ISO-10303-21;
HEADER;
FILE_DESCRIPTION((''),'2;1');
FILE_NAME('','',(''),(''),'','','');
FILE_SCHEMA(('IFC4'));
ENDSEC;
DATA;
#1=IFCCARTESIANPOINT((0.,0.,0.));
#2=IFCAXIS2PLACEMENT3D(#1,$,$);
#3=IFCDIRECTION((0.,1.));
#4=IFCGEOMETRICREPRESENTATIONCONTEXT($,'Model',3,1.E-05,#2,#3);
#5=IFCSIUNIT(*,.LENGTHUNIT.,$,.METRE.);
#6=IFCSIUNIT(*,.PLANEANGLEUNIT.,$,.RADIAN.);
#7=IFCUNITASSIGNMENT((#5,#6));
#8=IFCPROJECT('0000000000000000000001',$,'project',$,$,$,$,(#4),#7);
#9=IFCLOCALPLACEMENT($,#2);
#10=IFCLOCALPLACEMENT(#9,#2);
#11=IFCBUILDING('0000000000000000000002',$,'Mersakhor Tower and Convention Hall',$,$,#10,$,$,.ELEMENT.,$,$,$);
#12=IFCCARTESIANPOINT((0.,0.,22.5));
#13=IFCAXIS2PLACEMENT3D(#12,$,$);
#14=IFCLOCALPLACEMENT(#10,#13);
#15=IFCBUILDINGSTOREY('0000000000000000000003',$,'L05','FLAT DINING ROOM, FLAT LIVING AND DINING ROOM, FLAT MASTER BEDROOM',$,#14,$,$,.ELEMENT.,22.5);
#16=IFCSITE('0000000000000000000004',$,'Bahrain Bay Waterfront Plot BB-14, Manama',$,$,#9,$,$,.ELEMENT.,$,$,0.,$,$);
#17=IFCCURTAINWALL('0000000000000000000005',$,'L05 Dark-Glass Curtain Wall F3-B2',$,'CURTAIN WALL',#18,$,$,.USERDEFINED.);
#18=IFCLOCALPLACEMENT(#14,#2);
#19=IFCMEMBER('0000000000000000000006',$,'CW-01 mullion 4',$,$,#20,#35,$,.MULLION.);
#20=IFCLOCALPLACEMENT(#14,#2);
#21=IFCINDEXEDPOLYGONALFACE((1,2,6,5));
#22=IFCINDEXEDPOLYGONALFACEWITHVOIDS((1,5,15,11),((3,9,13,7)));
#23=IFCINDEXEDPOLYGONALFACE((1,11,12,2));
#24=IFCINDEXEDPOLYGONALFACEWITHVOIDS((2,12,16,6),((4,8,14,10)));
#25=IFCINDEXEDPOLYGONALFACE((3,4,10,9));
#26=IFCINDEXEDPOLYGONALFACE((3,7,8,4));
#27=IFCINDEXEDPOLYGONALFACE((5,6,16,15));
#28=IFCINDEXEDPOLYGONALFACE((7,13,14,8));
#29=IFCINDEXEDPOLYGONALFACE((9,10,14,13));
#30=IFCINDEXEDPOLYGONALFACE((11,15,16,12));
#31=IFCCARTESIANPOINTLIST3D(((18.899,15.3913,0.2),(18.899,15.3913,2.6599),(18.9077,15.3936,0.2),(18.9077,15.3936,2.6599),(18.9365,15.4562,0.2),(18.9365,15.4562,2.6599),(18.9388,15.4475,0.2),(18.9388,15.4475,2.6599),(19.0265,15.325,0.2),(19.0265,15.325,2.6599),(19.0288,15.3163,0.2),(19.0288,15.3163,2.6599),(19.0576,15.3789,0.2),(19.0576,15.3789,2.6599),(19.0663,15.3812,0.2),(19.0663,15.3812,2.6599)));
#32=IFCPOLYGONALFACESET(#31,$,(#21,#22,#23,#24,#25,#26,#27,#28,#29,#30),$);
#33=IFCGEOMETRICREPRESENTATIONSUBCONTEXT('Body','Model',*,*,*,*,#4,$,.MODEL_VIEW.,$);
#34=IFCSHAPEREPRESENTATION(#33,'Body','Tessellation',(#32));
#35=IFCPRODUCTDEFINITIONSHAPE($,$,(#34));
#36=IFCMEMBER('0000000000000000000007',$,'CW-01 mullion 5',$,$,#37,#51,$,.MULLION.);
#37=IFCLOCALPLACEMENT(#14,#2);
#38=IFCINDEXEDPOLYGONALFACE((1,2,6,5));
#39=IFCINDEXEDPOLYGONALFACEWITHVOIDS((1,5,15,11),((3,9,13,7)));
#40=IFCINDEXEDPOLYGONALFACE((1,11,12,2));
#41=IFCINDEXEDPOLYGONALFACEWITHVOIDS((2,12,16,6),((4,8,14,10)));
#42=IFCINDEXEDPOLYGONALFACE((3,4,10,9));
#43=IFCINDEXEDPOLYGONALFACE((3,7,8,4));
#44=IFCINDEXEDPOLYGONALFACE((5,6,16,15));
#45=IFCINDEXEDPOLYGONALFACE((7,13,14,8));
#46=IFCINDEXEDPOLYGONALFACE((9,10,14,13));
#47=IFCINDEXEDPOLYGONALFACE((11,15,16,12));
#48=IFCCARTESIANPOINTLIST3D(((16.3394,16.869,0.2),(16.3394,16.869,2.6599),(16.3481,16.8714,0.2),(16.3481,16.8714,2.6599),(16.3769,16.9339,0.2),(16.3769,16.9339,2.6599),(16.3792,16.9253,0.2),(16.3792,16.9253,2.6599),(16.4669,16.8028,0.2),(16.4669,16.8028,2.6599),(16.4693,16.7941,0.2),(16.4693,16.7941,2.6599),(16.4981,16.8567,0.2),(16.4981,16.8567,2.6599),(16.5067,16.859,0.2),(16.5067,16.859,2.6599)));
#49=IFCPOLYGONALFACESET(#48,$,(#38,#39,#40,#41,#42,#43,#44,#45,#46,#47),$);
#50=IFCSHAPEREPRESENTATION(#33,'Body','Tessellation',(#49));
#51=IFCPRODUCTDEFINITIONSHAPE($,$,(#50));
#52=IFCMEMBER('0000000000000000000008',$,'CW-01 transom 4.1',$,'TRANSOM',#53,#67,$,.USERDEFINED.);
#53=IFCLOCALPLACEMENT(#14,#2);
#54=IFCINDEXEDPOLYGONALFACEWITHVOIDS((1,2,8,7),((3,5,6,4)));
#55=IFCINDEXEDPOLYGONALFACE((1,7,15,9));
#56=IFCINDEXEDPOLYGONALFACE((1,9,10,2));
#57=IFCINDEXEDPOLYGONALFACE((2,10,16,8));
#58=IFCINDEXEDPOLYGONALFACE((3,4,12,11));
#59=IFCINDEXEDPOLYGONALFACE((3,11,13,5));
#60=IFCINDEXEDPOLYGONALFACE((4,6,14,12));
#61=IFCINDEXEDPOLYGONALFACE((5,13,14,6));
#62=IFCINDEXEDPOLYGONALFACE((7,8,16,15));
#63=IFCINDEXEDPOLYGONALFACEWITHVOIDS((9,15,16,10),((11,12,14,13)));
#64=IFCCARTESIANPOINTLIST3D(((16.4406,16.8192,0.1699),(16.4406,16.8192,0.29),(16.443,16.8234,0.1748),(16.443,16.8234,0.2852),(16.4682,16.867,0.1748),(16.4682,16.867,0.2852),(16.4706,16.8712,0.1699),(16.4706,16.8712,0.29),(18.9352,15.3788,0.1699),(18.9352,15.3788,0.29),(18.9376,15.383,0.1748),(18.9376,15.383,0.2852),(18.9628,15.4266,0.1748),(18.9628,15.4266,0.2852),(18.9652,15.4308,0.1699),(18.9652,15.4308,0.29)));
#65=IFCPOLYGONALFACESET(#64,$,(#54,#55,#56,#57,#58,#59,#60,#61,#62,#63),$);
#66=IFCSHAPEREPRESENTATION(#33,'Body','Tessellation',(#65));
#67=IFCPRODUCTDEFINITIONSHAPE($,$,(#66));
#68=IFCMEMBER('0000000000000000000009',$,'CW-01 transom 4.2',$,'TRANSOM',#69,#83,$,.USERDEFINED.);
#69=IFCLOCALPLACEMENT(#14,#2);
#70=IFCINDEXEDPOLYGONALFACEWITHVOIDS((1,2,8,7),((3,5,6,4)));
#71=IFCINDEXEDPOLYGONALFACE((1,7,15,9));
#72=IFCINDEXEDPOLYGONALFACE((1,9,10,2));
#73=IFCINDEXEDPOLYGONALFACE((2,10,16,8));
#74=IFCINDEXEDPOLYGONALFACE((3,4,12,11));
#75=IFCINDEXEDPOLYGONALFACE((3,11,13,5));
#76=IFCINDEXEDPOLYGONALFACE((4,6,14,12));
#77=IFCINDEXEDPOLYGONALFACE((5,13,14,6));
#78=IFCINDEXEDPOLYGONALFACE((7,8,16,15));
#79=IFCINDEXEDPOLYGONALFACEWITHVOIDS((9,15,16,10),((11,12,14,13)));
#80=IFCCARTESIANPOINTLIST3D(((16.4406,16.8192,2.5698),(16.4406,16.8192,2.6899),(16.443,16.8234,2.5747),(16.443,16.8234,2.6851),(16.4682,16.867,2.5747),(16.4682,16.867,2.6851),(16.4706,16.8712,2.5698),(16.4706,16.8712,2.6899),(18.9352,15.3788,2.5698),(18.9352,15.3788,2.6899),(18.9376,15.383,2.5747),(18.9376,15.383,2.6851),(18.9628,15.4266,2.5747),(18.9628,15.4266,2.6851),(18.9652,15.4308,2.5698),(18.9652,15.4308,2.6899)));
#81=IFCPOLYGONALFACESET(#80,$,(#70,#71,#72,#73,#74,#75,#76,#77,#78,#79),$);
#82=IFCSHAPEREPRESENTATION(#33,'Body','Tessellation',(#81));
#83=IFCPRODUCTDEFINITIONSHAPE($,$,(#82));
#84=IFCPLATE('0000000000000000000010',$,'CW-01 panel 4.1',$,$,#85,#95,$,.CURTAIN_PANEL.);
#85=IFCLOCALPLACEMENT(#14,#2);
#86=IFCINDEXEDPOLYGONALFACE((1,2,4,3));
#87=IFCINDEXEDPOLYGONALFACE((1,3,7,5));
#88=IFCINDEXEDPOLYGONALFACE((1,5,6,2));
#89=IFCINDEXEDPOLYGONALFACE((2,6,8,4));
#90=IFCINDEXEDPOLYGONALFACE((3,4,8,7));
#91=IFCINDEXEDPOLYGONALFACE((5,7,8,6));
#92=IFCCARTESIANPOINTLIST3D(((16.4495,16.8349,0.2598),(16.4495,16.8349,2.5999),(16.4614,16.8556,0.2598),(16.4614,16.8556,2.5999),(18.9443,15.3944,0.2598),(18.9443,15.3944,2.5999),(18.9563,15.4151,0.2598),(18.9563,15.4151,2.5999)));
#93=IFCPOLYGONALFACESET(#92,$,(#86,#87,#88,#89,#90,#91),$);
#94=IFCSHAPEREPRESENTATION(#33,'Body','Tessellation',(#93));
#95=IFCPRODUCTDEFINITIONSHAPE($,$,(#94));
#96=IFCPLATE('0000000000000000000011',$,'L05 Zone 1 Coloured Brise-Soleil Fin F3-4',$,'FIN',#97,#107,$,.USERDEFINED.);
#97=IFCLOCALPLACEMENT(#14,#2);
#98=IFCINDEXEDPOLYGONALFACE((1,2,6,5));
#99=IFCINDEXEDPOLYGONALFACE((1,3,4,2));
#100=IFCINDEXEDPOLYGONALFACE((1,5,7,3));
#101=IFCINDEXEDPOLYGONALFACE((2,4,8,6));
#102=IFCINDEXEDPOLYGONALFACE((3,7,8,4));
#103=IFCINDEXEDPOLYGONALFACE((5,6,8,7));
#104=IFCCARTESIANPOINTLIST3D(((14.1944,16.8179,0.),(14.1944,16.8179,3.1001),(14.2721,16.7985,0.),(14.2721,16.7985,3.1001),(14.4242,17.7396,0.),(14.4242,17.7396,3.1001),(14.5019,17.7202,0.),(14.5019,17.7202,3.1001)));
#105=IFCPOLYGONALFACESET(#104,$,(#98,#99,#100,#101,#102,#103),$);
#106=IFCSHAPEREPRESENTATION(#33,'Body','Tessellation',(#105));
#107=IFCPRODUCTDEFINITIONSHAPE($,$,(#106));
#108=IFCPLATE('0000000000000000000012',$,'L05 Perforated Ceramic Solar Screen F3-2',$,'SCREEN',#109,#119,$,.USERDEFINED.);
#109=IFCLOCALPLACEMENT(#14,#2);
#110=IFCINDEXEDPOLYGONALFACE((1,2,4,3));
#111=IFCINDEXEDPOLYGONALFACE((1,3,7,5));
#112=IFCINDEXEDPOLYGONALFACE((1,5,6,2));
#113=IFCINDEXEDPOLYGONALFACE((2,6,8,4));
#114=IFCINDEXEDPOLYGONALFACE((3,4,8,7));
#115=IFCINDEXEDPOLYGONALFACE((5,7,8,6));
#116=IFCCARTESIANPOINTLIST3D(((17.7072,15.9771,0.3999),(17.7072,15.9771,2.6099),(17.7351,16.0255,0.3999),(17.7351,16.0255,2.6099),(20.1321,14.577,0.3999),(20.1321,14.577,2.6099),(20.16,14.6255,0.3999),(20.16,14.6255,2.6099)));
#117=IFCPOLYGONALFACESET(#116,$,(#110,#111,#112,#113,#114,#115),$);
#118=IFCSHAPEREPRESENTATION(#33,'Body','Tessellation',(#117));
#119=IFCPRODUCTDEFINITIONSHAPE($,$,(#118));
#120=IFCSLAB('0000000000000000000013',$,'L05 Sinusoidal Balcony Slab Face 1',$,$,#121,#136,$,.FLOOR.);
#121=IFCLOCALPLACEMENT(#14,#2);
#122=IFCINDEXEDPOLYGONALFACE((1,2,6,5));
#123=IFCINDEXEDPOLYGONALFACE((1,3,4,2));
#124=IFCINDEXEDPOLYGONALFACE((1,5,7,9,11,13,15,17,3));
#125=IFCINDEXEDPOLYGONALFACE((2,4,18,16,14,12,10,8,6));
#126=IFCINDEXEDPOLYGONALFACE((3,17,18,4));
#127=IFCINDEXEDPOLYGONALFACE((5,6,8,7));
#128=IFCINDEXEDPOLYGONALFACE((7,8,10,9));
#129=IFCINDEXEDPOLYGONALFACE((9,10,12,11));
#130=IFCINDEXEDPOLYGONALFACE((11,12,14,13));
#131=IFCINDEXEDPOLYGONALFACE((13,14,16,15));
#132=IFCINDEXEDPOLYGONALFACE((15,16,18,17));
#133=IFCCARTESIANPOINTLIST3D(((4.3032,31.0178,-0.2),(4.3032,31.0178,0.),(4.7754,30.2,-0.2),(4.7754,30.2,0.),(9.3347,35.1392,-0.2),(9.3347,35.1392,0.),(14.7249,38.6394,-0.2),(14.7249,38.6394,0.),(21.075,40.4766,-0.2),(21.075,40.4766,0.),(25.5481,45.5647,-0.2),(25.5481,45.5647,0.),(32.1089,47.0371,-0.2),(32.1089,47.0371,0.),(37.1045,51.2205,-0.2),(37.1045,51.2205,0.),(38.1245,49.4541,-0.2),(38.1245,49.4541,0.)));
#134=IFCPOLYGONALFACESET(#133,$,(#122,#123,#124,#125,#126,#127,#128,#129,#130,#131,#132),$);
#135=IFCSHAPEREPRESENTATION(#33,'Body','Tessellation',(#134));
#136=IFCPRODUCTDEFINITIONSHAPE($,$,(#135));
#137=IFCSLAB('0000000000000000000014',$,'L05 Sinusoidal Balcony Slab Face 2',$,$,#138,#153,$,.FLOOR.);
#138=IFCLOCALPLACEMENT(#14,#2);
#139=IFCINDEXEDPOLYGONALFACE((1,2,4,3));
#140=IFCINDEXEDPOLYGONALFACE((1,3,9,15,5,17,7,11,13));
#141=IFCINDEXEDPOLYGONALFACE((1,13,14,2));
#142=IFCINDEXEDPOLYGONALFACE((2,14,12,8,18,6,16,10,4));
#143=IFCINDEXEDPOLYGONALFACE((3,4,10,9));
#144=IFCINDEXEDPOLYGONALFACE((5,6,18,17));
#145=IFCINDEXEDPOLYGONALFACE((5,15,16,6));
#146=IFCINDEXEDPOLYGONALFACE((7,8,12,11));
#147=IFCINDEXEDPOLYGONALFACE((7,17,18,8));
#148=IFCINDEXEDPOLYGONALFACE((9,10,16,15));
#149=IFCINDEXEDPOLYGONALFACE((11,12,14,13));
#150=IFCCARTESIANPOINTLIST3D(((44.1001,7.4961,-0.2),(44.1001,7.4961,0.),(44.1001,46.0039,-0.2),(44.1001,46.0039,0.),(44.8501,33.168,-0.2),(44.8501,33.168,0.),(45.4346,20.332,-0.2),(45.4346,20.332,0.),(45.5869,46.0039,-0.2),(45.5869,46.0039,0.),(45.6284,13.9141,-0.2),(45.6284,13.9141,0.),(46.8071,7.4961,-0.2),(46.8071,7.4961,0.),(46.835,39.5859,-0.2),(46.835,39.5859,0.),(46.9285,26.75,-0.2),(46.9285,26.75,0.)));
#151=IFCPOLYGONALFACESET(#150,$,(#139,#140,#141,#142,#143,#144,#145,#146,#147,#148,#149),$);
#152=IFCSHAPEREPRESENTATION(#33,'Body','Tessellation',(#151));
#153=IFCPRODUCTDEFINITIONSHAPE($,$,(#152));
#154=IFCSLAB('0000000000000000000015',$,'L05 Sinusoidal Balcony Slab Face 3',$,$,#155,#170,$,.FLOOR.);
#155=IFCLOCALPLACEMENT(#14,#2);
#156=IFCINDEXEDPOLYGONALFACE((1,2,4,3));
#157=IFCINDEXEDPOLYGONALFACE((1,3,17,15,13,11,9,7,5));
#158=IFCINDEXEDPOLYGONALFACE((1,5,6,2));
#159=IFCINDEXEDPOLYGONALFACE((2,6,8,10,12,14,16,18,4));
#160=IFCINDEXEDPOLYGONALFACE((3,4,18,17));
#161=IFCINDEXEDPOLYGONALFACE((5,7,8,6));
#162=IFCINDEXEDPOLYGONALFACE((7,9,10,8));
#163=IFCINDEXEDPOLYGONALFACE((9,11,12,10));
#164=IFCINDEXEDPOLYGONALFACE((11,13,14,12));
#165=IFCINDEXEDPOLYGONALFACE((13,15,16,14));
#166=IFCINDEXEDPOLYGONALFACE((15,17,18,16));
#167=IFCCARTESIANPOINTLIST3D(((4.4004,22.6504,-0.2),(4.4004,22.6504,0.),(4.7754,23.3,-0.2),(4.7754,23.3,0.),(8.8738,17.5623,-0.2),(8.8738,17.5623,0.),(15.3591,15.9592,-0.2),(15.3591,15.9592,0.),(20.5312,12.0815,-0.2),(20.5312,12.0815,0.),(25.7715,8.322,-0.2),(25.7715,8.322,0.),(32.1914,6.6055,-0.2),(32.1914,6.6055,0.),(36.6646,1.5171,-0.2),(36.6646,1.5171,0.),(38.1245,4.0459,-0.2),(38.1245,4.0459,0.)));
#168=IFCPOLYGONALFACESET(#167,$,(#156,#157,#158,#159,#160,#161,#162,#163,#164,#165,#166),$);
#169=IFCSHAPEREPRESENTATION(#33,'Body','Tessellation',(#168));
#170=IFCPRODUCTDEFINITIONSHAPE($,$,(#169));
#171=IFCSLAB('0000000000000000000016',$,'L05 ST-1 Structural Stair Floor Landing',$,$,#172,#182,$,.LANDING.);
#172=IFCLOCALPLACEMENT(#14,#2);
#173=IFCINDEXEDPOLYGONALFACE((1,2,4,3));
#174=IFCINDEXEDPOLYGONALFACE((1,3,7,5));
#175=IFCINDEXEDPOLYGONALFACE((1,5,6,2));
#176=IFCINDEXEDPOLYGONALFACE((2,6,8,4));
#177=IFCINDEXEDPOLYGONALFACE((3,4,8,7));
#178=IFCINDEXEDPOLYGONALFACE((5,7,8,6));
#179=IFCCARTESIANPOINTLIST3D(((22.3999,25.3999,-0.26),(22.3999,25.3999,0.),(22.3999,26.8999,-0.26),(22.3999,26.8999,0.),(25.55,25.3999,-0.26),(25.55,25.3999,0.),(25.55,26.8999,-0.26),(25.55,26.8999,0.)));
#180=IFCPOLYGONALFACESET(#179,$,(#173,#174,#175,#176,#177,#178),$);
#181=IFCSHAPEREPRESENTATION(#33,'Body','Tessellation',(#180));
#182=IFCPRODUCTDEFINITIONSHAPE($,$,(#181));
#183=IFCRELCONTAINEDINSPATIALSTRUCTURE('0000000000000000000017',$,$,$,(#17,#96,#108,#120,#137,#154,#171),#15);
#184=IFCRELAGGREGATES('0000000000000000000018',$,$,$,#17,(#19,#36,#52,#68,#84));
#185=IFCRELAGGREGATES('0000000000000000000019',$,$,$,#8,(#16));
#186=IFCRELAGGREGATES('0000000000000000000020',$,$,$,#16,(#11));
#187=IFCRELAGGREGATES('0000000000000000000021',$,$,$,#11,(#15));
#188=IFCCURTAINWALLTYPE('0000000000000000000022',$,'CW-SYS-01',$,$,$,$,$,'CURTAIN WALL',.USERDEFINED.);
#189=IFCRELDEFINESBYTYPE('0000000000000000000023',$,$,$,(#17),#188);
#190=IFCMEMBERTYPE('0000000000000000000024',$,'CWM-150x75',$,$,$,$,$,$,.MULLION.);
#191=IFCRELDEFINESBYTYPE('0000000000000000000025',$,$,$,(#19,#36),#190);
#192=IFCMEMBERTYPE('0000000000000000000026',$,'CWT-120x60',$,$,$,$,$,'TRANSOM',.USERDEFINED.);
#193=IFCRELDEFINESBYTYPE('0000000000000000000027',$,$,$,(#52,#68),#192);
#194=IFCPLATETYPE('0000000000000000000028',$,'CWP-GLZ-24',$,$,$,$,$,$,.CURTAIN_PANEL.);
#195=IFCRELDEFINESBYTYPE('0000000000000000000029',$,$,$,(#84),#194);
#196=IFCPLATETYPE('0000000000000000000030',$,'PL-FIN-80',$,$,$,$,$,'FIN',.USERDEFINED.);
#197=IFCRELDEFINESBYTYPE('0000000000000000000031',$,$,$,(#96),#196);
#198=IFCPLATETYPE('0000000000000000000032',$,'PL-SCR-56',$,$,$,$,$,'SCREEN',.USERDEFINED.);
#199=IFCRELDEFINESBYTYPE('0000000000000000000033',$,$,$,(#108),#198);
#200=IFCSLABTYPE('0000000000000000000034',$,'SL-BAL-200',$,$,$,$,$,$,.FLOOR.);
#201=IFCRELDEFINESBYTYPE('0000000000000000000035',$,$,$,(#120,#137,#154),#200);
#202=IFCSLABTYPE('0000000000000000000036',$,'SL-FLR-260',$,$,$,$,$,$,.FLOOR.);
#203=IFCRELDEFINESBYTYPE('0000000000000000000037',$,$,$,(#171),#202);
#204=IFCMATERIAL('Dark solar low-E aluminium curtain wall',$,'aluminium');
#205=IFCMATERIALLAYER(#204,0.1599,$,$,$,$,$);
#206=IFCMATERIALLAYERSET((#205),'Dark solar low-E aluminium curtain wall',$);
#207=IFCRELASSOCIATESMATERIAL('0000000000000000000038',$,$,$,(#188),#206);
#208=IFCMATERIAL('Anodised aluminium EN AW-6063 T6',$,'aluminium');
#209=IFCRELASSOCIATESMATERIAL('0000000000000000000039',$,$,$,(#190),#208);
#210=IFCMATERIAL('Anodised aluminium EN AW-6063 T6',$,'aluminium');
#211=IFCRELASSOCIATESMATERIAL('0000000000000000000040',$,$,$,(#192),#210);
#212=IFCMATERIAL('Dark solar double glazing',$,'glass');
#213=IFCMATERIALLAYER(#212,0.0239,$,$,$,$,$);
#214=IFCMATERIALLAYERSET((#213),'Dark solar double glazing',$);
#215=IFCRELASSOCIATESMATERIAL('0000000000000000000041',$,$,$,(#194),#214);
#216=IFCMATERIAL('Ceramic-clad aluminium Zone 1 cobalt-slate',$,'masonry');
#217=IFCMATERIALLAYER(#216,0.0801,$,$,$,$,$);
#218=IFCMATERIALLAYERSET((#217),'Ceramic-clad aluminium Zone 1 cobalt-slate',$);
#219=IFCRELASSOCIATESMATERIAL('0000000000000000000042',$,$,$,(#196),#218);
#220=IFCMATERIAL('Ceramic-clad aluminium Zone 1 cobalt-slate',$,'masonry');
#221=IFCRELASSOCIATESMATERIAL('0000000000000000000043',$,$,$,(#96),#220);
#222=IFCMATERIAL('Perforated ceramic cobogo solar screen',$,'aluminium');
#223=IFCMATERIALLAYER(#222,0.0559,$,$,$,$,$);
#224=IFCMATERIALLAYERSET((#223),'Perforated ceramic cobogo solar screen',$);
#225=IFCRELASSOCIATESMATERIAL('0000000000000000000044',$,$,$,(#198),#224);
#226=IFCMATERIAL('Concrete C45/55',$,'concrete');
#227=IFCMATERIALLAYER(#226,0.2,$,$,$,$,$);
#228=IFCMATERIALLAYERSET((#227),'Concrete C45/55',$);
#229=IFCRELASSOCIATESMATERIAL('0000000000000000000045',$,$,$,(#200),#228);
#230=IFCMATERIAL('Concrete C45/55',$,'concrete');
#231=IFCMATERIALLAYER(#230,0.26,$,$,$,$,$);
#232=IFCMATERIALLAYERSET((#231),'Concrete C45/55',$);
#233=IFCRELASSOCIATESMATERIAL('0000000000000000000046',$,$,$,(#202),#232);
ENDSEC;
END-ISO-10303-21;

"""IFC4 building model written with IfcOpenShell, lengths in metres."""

from ifc_helpers import new_model, si_unit, direction, frame, origin, origin_2d, place, context, subcontext, project, spatial, polyline, rectangle, hollow_rectangle, outline, extrude, material, layer, layer_set, material_profile, profile_set, type_object, element, aggregate, save


model = new_model("IFC4")

# Units and contexts
model_context = context("Model", 3, precision=1e-05, world=origin(), true_north=direction((0.0, 1.0)))
body_context = subcontext(model_context, "Body", "Model", "MODEL_VIEW")
ifc_project = project(units=[si_unit("LENGTHUNIT", "METRE"), si_unit("PLANEANGLEUNIT", "RADIAN")], contexts=[model_context])

# Site, building, storey
site_placement = place(None, origin())
site = spatial("IfcSite", under=ifc_project, at=site_placement, Name="Bahrain Bay Waterfront Plot BB-14, Manama", CompositionType="ELEMENT", RefElevation=0.0)
building_placement = place(site_placement, origin())
building = spatial("IfcBuilding", under=site, at=building_placement, Name="Mersakhor Tower and Convention Hall", CompositionType="ELEMENT")
storey_placement = place(building_placement, frame((0.0, 0.0, 22.5)))
storey = spatial("IfcBuildingStorey", under=building, at=storey_placement, Name="L05", Description="FLAT DINING ROOM, FLAT LIVING AND DINING ROOM, FLAT MASTER BEDROOM", CompositionType="ELEMENT", Elevation=22.5)

# Curtain wall, members, plate
ifc_material_1 = material(Name="Dark solar low-E aluminium curtain wall", Category="aluminium")
ifc_layer_1 = layer(ifc_material_1, 0.1599)
ifc_layer_set_1 = layer_set([ifc_layer_1], Name="Dark solar low-E aluminium curtain wall")
curtain_wall_type = type_object("IfcCurtainWallType", Name="CW-SYS-01", ElementType="CURTAIN WALL", PredefinedType="USERDEFINED", material=ifc_layer_set_1)
curtain_wall_placement = place(storey_placement, origin())
curtain_wall = element("IfcCurtainWall", 1, at=curtain_wall_placement, inside=storey, type_object=curtain_wall_type, Name="L05 Dark-Glass Curtain Wall F3-B2", ObjectType="CURTAIN WALL", PredefinedType="USERDEFINED")
ifc_material_2 = material(Name="Anodised aluminium EN AW-6063 T6", Category="aluminium")
ifc_material_profile_1 = material_profile(ifc_material_2, hollow_rectangle(XDim=0.075, YDim=0.1499, WallThickness=0.0063, at=origin_2d()), Name="RHS 150x75x6.3")
ifc_profile_set_1 = profile_set([ifc_material_profile_1], Name="Anodised aluminium EN AW-6063 T6")
member_type_1 = type_object("IfcMemberType", Name="CWM-150x75", PredefinedType="MULLION", material=ifc_profile_set_1)
member_1_placement = place(storey_placement, frame((18.9827, 15.3862, 0.2), z_axis=(0.0, 0.0, 1.0), x_axis=(-0.500003, -0.866023, 0.0)))
member_1 = element("IfcMember", 2, at=member_1_placement, type_object=member_type_1, Name="CW-01 mullion 4", PredefinedType="MULLION", context=body_context, shape_type="SweptSolid", body=[
    extrude(hollow_rectangle(XDim=0.075, YDim=0.1499, WallThickness=0.0063, at=origin_2d()), origin(), (0.0, 0.0, 1.0), 2.46),
])
member_2_placement = place(storey_placement, frame((16.4231, 16.864, 0.2), z_axis=(0.0, 0.0, 1.0), x_axis=(-0.500003, -0.866023, 0.0)))
member_2 = element("IfcMember", 3, at=member_2_placement, type_object=member_type_1, Name="CW-01 mullion 5", PredefinedType="MULLION", context=body_context, shape_type="SweptSolid", body=[
    extrude(hollow_rectangle(XDim=0.075, YDim=0.1499, WallThickness=0.0063, at=origin_2d()), origin(), (0.0, 0.0, 1.0), 2.46),
])
ifc_material_3 = material(Name="Anodised aluminium EN AW-6063 T6", Category="aluminium")
ifc_material_profile_2 = material_profile(ifc_material_3, hollow_rectangle(XDim=0.0601, YDim=0.1201, WallThickness=0.0049, at=origin_2d()), Name="RHS 120x60x5")
ifc_profile_set_2 = profile_set([ifc_material_profile_2], Name="Anodised aluminium EN AW-6063 T6")
member_type_2 = type_object("IfcMemberType", Name="CWT-120x60", ElementType="TRANSOM", PredefinedType="USERDEFINED", material=ifc_profile_set_2)
member_3_placement = place(storey_placement, frame((18.9502, 15.4048, 0.23), z_axis=(-0.866002, 0.50004, 0.0), x_axis=(-0.50004, -0.866002, 0.0)))
member_3 = element("IfcMember", 4, at=member_3_placement, type_object=member_type_2, Name="CW-01 transom 4.1", ObjectType="TRANSOM", PredefinedType="USERDEFINED", context=body_context, shape_type="SweptSolid", body=[
    extrude(hollow_rectangle(XDim=0.0601, YDim=0.1201, WallThickness=0.0049, at=origin_2d()), origin(), (0.0, 0.0, 1.0), 2.8806),
])
member_4_placement = place(storey_placement, frame((18.9502, 15.4048, 2.6299), z_axis=(-0.866002, 0.50004, 0.0), x_axis=(-0.50004, -0.866002, 0.0)))
member_4 = element("IfcMember", 5, at=member_4_placement, type_object=member_type_2, Name="CW-01 transom 4.2", ObjectType="TRANSOM", PredefinedType="USERDEFINED", context=body_context, shape_type="SweptSolid", body=[
    extrude(hollow_rectangle(XDim=0.0601, YDim=0.1201, WallThickness=0.0049, at=origin_2d()), origin(), (0.0, 0.0, 1.0), 2.8806),
])
ifc_material_4 = material(Name="Dark solar double glazing", Category="glass")
ifc_layer_2 = layer(ifc_material_4, 0.0239)
ifc_layer_set_2 = layer_set([ifc_layer_2], Name="Dark solar double glazing")
plate_type_1 = type_object("IfcPlateType", Name="CWP-GLZ-24", PredefinedType="CURTAIN_PANEL", material=ifc_layer_set_2)
plate_1_placement = place(storey_placement, frame((17.7029, 16.125, 0.2598), z_axis=(0.0, 0.0, 1.0), x_axis=(-0.866023, 0.500003, 0.0)))
plate_1 = element("IfcPlate", 6, at=plate_1_placement, type_object=plate_type_1, Name="CW-01 panel 4.1", PredefinedType="CURTAIN_PANEL", context=body_context, shape_type="SweptSolid", body=[
    extrude(rectangle(XDim=2.8809, YDim=0.0239, at=origin_2d()), origin(), (0.0, 0.0, 1.0), 2.3401),
])
aggregate(curtain_wall, [member_1, member_2, member_3, member_4, plate_1])

# Plates
ifc_material_5 = material(Name="Ceramic-clad aluminium Zone 1 cobalt-slate", Category="masonry")
ifc_material_6 = material(Name="Ceramic-clad aluminium Zone 1 cobalt-slate", Category="masonry")
ifc_layer_3 = layer(ifc_material_6, 0.0801)
ifc_layer_set_3 = layer_set([ifc_layer_3], Name="Ceramic-clad aluminium Zone 1 cobalt-slate")
plate_type_2 = type_object("IfcPlateType", Name="PL-FIN-80", ElementType="FIN", PredefinedType="USERDEFINED", material=ifc_layer_set_3)
plate_2_placement = place(storey_placement, frame((14.3481, 17.269, 0.0), z_axis=(0.0, 0.0, 1.0), x_axis=(-0.241922, -0.970296, 0.0)))
element("IfcPlate", 7, at=plate_2_placement, inside=storey, type_object=plate_type_2, material=ifc_material_5, Name="L05 Zone 1 Coloured Brise-Soleil Fin F3-4", ObjectType="FIN", PredefinedType="USERDEFINED", context=body_context, shape_type="SweptSolid", body=[
    extrude(rectangle(XDim=0.95, YDim=0.0801, at=origin_2d()), origin(), (0.0, 0.0, 1.0), 3.1001),
])
ifc_material_7 = material(Name="Perforated ceramic cobogo solar screen", Category="aluminium")
ifc_layer_4 = layer(ifc_material_7, 0.0559)
ifc_layer_set_4 = layer_set([ifc_layer_4], Name="Perforated ceramic cobogo solar screen")
plate_type_3 = type_object("IfcPlateType", Name="PL-SCR-56", ElementType="SCREEN", PredefinedType="USERDEFINED", material=ifc_layer_set_4)
plate_3_placement = place(storey_placement, frame((18.9336, 15.3013, 0.3999), z_axis=(0.0, 0.0, 1.0), x_axis=(-0.866025, 0.5, 0.0)))
element("IfcPlate", 8, at=plate_3_placement, inside=storey, type_object=plate_type_3, Name="L05 Perforated Ceramic Solar Screen F3-2", ObjectType="SCREEN", PredefinedType="USERDEFINED", context=body_context, shape_type="SweptSolid", body=[
    extrude(rectangle(XDim=2.8, YDim=0.0559, at=origin_2d()), origin(), (0.0, 0.0, 1.0), 2.21),
])

# Slabs
ifc_material_8 = material(Name="Concrete C45/55", Category="concrete")
ifc_layer_5 = layer(ifc_material_8, 0.2)
ifc_layer_set_5 = layer_set([ifc_layer_5], Name="Concrete C45/55")
slab_type_1 = type_object("IfcSlabType", Name="SL-BAL-200", PredefinedType="FLOOR", material=ifc_layer_set_5)
slab_1_placement = place(storey_placement, frame((0.0, 0.0, -0.2)))
element("IfcSlab", 9, at=slab_1_placement, inside=storey, type_object=slab_type_1, Name="L05 Sinusoidal Balcony Slab Face 1", PredefinedType="FLOOR", context=body_context, shape_type="SweptSolid", body=[
    extrude(outline(polyline([(4.7754, 30.2), (38.1245, 49.4541), (37.1045, 51.2205), (32.1089, 47.0371), (25.5481, 45.5647), (21.075, 40.4766), (14.7249, 38.6394), (9.3347, 35.1392), (4.3032, 31.0178), (4.7754, 30.2)])), origin(), (0.0, 0.0, 1.0), 0.2),
])
slab_2_placement = place(storey_placement, frame((0.0, 0.0, -0.2)))
element("IfcSlab", 10, at=slab_2_placement, inside=storey, type_object=slab_type_1, Name="L05 Sinusoidal Balcony Slab Face 2", PredefinedType="FLOOR", context=body_context, shape_type="SweptSolid", body=[
    extrude(outline(polyline([(44.1001, 46.0039), (44.1001, 7.4961), (46.8071, 7.4961), (45.6284, 13.9141), (45.4346, 20.332), (46.9285, 26.75), (44.8501, 33.168), (46.835, 39.5859), (45.5869, 46.0039), (44.1001, 46.0039)])), origin(), (0.0, 0.0, 1.0), 0.2),
])
slab_3_placement = place(storey_placement, frame((0.0, 0.0, -0.2)))
element("IfcSlab", 11, at=slab_3_placement, inside=storey, type_object=slab_type_1, Name="L05 Sinusoidal Balcony Slab Face 3", PredefinedType="FLOOR", context=body_context, shape_type="SweptSolid", body=[
    extrude(outline(polyline([(38.1245, 4.0459), (4.7754, 23.3), (4.4004, 22.6504), (8.8738, 17.5623), (15.3591, 15.9592), (20.5312, 12.0815), (25.7715, 8.322), (32.1914, 6.6055), (36.6646, 1.5171), (38.1245, 4.0459)])), origin(), (0.0, 0.0, 1.0), 0.2),
])
ifc_material_9 = material(Name="Concrete C45/55", Category="concrete")
ifc_layer_6 = layer(ifc_material_9, 0.26)
ifc_layer_set_6 = layer_set([ifc_layer_6], Name="Concrete C45/55")
slab_type_2 = type_object("IfcSlabType", Name="SL-FLR-260", PredefinedType="FLOOR", material=ifc_layer_set_6)
slab_4_placement = place(storey_placement, frame((0.0, 0.0, -0.26)))
element("IfcSlab", 12, at=slab_4_placement, inside=storey, type_object=slab_type_2, Name="L05 ST-1 Structural Stair Floor Landing", PredefinedType="LANDING", context=body_context, shape_type="SweptSolid", body=[
    extrude(outline(polyline([(25.55, 25.3999), (25.55, 26.8999), (22.3999, 26.8999), (22.3999, 25.3999), (25.55, 25.3999)])), origin(), (0.0, 0.0, 1.0), 0.26),
])

save(model, "model.ifc")
